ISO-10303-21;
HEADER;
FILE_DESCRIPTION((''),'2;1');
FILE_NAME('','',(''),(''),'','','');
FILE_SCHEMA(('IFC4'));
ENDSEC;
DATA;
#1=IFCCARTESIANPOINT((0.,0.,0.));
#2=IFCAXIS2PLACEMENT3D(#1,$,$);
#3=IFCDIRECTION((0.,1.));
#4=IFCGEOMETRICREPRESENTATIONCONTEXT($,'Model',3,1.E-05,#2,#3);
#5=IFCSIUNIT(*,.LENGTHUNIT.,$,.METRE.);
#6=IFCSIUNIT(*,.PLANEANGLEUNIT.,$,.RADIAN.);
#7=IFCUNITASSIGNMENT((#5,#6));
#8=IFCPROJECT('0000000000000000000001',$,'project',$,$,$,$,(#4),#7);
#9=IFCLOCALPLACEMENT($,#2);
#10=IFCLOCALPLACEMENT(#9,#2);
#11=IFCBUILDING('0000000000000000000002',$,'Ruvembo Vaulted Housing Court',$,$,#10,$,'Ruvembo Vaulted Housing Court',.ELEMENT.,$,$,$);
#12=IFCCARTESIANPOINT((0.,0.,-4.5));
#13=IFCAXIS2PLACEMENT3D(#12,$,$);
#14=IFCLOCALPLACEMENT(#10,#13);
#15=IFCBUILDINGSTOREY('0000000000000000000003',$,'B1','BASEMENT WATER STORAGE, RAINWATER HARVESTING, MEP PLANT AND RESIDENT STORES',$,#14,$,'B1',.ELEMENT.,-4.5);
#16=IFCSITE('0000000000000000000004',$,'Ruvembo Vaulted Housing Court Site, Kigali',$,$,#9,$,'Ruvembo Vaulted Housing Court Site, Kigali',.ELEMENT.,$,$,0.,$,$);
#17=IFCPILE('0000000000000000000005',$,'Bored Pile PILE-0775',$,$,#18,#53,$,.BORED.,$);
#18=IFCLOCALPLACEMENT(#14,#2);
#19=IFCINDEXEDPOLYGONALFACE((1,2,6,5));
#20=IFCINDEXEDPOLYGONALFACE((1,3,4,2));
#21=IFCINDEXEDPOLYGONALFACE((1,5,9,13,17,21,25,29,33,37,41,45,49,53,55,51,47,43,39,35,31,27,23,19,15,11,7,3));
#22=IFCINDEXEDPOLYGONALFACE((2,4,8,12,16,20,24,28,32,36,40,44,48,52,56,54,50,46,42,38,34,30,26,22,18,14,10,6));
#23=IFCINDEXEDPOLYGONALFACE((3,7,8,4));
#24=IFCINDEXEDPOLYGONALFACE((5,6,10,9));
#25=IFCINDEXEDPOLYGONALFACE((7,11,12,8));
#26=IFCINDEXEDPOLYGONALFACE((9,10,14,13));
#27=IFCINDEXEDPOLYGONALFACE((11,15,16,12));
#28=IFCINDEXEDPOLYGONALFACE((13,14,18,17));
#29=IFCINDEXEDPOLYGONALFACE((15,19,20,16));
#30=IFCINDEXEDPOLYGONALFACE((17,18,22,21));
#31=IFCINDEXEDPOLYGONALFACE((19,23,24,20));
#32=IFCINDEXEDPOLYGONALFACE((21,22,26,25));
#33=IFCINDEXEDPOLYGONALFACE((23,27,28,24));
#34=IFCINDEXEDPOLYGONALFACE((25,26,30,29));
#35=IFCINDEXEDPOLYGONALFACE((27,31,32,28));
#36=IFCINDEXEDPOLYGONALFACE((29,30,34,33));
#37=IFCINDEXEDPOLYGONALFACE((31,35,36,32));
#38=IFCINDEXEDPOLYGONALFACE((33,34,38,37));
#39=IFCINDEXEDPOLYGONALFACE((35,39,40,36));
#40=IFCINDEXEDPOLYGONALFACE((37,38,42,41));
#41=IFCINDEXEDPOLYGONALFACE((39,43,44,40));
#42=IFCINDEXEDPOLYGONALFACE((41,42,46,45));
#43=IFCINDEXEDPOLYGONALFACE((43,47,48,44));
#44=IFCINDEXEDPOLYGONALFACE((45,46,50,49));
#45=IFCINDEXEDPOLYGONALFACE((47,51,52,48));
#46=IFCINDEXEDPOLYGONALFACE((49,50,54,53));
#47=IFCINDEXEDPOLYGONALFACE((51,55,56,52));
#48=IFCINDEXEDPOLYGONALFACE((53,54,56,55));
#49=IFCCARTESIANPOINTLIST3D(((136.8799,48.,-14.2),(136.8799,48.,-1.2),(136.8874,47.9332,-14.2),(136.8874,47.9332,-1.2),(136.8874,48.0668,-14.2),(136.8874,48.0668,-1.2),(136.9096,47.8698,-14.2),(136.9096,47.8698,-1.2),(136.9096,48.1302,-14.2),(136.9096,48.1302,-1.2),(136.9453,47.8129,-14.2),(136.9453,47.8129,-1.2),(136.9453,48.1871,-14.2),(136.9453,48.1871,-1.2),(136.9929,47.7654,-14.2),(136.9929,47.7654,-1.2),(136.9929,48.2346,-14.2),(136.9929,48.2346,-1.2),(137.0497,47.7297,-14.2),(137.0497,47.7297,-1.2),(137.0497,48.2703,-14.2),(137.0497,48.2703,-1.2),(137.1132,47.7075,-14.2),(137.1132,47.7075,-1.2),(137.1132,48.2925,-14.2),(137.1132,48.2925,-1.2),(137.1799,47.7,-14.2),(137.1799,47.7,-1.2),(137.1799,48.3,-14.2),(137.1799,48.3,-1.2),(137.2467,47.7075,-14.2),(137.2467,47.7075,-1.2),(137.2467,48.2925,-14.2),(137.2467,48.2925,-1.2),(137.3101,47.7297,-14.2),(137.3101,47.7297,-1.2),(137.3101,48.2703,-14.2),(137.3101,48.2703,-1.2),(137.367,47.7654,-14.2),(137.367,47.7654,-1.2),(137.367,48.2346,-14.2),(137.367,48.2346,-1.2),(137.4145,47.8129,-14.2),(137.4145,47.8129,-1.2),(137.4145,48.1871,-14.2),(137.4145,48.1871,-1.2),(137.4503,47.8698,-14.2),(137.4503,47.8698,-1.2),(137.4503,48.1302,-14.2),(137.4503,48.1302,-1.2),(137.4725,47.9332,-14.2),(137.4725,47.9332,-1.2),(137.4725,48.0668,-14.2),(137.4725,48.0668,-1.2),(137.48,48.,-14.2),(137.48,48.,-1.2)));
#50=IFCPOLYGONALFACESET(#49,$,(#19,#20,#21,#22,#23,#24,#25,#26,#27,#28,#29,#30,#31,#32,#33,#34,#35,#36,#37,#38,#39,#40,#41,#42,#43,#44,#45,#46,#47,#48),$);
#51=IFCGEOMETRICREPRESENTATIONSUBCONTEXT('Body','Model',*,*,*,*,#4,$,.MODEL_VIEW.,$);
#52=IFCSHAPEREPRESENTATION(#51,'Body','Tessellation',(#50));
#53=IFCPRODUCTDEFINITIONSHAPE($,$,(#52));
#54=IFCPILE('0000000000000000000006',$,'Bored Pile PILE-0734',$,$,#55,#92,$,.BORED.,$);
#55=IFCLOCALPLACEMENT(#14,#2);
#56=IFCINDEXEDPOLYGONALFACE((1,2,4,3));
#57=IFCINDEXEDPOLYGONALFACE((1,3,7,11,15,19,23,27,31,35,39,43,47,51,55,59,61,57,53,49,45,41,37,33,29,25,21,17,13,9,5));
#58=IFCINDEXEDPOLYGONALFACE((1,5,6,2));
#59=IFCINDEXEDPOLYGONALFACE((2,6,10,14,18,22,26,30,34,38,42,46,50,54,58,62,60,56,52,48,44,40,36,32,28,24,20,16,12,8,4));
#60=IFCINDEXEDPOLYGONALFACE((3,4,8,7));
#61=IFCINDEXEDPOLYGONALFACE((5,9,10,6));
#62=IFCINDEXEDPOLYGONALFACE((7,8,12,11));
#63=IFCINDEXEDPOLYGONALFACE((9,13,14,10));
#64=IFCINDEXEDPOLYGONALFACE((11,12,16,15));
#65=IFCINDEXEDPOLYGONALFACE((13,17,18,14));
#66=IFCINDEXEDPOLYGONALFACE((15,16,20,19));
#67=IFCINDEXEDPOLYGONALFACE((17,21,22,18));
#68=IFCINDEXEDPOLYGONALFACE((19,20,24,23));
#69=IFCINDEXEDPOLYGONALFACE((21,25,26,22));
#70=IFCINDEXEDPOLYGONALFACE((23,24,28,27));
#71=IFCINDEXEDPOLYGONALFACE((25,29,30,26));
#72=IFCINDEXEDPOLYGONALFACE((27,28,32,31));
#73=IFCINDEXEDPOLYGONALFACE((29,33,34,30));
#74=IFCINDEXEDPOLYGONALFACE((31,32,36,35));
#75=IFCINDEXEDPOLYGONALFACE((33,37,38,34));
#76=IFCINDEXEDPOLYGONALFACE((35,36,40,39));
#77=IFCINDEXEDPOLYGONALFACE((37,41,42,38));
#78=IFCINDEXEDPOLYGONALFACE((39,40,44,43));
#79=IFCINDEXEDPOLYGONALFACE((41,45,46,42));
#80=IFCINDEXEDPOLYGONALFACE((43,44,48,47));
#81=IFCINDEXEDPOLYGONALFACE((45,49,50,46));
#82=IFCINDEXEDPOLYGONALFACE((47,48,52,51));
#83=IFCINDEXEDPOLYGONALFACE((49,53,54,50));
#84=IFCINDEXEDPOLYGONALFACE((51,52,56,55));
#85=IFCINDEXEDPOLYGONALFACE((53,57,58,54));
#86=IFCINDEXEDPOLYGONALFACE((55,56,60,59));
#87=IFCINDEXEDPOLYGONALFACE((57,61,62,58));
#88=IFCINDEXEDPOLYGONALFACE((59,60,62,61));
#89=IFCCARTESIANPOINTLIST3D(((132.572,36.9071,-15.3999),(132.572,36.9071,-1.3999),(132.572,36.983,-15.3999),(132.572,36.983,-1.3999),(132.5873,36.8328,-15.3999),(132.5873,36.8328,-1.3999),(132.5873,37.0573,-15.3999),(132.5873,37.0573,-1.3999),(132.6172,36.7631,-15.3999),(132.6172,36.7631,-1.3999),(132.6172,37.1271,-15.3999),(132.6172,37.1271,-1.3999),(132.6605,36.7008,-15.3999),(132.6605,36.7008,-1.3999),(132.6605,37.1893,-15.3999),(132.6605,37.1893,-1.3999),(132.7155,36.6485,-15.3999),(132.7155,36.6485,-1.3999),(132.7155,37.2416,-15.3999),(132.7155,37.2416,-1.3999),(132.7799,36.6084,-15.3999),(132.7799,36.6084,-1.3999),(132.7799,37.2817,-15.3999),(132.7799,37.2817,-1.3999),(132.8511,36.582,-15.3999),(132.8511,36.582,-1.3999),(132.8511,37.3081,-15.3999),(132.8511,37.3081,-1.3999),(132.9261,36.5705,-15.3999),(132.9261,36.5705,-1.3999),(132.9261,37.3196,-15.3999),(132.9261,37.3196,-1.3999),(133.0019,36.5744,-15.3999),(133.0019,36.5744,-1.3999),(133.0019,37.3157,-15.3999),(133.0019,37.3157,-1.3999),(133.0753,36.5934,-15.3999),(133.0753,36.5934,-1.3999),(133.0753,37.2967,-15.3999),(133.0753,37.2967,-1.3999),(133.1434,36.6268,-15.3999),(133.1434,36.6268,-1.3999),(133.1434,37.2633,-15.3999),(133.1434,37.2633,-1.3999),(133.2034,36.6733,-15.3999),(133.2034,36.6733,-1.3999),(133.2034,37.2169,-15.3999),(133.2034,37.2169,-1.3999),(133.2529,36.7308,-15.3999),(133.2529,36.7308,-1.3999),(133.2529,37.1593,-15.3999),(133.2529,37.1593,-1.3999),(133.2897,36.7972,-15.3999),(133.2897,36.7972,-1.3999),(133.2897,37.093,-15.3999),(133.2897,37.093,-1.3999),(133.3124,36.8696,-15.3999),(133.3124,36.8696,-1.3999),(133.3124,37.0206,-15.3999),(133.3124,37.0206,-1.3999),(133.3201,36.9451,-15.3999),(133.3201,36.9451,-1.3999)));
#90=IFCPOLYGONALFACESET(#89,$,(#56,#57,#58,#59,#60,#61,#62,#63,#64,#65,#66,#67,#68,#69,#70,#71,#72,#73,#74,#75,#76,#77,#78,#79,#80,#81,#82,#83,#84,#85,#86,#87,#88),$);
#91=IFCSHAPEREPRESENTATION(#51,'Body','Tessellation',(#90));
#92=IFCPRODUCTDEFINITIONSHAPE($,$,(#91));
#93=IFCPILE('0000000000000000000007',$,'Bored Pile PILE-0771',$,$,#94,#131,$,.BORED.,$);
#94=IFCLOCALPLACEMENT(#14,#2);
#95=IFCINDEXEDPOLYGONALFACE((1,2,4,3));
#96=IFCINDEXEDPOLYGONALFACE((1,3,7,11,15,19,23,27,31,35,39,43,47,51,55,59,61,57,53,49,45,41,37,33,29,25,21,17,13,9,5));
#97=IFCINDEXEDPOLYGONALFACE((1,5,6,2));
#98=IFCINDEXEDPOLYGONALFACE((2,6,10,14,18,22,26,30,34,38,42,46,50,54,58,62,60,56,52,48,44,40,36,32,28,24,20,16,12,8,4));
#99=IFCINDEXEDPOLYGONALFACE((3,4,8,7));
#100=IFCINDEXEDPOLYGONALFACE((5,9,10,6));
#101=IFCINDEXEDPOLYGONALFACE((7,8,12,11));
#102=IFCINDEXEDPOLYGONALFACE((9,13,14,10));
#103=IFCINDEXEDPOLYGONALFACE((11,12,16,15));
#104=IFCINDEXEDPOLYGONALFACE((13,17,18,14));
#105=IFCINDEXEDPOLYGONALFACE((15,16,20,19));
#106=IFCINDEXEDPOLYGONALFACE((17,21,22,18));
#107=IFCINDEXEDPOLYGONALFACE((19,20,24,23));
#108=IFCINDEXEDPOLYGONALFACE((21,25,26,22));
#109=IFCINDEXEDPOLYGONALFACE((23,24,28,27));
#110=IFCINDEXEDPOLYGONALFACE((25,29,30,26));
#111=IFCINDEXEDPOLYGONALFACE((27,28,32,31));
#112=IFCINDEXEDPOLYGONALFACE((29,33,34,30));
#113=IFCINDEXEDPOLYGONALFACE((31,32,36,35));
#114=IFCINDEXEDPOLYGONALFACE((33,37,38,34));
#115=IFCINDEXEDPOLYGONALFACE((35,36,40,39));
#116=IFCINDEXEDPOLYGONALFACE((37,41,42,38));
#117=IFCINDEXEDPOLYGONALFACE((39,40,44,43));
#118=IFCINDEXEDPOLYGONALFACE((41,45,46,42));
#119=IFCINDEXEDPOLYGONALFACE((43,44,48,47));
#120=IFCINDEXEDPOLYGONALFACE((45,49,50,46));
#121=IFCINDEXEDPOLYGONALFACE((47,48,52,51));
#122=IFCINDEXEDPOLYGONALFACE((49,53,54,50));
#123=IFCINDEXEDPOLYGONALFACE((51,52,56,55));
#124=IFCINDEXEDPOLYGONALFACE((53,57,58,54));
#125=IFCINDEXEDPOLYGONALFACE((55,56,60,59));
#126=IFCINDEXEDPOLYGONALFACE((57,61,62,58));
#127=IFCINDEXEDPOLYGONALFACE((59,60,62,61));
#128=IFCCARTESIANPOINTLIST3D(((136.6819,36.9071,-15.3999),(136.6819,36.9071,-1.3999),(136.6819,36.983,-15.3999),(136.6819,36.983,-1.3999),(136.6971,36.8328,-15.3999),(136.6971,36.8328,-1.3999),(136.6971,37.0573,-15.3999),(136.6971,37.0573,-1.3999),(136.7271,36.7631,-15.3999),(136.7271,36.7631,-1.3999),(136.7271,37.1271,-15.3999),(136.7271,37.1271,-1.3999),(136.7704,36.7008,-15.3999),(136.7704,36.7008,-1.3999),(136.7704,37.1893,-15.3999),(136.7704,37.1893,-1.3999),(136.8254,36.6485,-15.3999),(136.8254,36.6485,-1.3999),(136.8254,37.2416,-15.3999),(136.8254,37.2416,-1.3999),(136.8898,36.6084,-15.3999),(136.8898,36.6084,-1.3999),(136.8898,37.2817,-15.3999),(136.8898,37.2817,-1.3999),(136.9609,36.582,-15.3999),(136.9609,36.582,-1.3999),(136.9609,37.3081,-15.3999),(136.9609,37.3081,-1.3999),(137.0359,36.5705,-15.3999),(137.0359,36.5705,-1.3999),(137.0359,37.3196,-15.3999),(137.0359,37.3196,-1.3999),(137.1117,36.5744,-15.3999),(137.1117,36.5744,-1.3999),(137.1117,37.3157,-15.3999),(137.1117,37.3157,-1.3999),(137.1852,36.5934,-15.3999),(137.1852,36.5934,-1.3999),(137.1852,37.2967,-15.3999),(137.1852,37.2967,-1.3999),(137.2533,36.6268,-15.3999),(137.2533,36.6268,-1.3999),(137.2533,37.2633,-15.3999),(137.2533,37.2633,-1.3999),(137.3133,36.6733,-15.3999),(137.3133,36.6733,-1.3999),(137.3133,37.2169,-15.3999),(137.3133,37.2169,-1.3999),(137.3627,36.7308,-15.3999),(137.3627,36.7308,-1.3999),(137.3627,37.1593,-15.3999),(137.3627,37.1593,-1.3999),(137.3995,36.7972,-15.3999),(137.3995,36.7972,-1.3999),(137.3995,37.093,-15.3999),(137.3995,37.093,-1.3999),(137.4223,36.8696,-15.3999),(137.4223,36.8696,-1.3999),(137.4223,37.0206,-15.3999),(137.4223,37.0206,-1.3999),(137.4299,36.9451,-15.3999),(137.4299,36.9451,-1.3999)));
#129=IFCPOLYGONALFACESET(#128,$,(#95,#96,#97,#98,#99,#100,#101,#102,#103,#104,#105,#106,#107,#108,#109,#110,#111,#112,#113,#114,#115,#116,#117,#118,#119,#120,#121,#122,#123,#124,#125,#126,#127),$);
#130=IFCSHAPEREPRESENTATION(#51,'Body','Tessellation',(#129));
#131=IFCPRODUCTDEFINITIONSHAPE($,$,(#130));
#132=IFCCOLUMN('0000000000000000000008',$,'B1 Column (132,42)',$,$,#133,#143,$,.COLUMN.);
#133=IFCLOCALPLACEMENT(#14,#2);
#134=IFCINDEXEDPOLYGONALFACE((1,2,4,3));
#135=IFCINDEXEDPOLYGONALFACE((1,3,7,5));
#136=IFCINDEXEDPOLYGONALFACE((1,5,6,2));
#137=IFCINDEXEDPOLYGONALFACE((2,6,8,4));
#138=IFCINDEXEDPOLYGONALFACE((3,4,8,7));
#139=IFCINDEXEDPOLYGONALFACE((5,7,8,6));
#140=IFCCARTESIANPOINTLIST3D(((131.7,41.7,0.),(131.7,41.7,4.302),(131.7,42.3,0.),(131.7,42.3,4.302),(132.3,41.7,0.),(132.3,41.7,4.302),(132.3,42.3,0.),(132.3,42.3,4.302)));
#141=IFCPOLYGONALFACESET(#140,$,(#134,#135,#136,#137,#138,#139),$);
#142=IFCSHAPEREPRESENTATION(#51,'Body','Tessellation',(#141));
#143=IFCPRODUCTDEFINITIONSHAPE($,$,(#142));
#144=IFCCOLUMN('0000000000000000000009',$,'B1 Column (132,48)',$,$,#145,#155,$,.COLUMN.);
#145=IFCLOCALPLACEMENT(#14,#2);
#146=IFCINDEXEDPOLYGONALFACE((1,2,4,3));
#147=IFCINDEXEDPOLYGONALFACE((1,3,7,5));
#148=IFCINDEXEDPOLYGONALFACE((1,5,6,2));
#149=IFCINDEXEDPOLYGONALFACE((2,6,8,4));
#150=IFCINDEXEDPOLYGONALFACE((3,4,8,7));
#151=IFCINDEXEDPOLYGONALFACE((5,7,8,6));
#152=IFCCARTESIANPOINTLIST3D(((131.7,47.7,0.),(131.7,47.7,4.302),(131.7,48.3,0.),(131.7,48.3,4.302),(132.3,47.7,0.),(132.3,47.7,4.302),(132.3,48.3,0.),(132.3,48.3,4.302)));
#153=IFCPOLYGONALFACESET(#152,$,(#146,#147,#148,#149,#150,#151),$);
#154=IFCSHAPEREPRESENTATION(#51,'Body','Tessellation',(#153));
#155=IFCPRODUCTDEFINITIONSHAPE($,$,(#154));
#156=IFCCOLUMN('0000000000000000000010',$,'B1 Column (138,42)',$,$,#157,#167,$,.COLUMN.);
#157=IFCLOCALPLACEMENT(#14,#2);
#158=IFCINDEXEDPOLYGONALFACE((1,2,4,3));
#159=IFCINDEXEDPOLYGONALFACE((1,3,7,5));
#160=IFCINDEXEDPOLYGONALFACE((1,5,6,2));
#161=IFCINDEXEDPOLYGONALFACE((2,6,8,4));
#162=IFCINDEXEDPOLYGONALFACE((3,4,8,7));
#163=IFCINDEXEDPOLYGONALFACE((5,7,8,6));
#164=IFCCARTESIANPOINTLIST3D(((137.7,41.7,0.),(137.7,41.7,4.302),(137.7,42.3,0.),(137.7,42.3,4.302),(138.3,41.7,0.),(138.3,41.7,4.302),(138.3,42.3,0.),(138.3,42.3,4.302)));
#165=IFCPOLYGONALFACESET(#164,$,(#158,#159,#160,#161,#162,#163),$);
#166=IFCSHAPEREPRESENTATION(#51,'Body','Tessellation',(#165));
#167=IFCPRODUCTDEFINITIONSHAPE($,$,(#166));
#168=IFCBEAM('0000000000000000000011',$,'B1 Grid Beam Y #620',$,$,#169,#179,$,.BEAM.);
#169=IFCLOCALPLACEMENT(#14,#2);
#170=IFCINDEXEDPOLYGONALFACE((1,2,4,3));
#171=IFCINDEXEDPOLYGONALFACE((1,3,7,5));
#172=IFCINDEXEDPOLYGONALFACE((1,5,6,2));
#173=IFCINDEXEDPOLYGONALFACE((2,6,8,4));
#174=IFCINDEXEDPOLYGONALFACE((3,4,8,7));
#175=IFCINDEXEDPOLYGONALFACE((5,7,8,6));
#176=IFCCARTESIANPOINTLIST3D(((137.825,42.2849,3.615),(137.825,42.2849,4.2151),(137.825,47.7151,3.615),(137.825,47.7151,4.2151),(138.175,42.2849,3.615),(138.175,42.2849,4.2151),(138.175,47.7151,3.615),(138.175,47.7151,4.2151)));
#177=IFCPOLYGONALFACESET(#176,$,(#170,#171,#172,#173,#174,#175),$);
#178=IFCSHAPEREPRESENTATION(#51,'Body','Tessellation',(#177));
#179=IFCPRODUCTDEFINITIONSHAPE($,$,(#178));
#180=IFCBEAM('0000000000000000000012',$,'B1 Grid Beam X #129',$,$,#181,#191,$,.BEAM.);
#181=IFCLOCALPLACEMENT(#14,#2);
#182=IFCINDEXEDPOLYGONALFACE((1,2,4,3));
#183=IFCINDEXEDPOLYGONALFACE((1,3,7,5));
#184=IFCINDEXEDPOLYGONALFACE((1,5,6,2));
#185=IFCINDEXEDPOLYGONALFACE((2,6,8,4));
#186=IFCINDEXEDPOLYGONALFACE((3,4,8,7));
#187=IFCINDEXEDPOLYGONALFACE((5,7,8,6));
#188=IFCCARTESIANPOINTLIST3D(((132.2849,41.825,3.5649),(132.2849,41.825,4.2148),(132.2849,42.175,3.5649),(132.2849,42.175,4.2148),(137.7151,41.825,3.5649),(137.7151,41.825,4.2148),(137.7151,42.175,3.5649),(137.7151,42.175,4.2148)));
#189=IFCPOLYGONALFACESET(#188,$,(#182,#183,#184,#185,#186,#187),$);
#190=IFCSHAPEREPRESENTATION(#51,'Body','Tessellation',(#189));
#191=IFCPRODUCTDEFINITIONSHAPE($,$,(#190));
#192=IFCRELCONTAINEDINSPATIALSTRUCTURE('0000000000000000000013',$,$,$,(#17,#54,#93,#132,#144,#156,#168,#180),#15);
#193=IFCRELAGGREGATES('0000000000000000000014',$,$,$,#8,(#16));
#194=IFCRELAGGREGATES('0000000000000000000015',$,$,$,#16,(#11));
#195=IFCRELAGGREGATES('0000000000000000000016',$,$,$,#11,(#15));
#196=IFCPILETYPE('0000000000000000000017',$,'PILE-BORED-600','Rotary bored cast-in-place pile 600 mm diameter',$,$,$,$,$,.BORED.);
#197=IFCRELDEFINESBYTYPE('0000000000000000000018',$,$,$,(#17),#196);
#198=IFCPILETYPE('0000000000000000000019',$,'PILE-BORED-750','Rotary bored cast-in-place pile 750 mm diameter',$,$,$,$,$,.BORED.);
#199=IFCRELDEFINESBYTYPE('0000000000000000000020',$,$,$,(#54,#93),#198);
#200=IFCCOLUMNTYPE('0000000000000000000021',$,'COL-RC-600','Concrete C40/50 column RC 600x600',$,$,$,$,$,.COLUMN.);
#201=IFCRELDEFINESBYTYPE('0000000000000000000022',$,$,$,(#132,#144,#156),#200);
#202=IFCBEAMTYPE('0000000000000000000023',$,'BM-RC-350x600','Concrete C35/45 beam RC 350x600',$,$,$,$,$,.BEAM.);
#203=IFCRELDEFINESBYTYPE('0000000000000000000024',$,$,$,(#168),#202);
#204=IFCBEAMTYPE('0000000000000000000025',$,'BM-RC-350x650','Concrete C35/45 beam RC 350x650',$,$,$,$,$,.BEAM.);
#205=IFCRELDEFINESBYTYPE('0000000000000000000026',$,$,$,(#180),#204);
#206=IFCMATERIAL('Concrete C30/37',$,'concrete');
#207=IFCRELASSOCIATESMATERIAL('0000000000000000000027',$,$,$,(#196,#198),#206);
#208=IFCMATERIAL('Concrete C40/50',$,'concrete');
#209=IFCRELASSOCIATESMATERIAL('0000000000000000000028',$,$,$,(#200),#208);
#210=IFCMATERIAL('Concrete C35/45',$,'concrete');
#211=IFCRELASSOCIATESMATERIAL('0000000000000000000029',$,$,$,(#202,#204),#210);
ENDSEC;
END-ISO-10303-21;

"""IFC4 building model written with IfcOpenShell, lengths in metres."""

from ifc_helpers import new_model, si_unit, direction, frame, origin, origin_2d, place, context, subcontext, project, spatial, rectangle, circle, extrude, material, material_profile, profile_set, type_object, element, save


model = new_model("IFC4")

# Units and contexts
model_context = context("Model", 3, precision=1e-05, world=origin(), true_north=direction((0.0, 1.0)))
body_context = subcontext(model_context, "Body", "Model", "MODEL_VIEW")
ifc_project = project(units=[si_unit("LENGTHUNIT", "METRE"), si_unit("PLANEANGLEUNIT", "RADIAN")], contexts=[model_context])

# Site, building, storey
site_placement = place(None, origin())
site = spatial("IfcSite", under=ifc_project, at=site_placement, Name="Ruvembo Vaulted Housing Court Site, Kigali", LongName="Ruvembo Vaulted Housing Court Site, Kigali", CompositionType="ELEMENT", RefElevation=0.0)
building_placement = place(site_placement, origin())
building = spatial("IfcBuilding", under=site, at=building_placement, Name="Ruvembo Vaulted Housing Court", LongName="Ruvembo Vaulted Housing Court", CompositionType="ELEMENT")
storey_placement = place(building_placement, frame((0.0, 0.0, -4.5)))
storey = spatial("IfcBuildingStorey", under=building, at=storey_placement, Name="B1", Description="BASEMENT WATER STORAGE, RAINWATER HARVESTING, MEP PLANT AND RESIDENT STORES", LongName="B1", CompositionType="ELEMENT", Elevation=-4.5)

# Shared definitions
ifc_material_1 = material(Name="Concrete C35/45", Category="concrete")

# Piles
ifc_material_2 = material(Name="Concrete C30/37", Category="concrete")
ifc_material_profile_1 = material_profile(ifc_material_2, circle(Radius=0.3, at=origin_2d()), Name="PILE D600")
ifc_profile_set_1 = profile_set([ifc_material_profile_1], Name="Concrete C30/37")
pile_type_1 = type_object("IfcPileType", Name="PILE-BORED-600", Description="Rotary bored cast-in-place pile 600 mm diameter", PredefinedType="BORED", material=ifc_profile_set_1)
for number, where, z_axis, x_axis, name in (
    (1, (137.1799, 48.0, -1.2), (0.0, 0.0, -1.0), (1.0, 0.0, 0.0), "Bored Pile PILE-0775"),
):
    element("IfcPile", number, at=place(storey_placement, frame(where, z_axis=z_axis, x_axis=x_axis)), inside=storey, type_object=pile_type_1, Name=name, PredefinedType="BORED", context=body_context, shape_type="SweptSolid", body=[
        extrude(circle(Radius=0.3, at=origin_2d()), origin(), (0.0, 0.0, 1.0), 13.0),
    ])
ifc_material_profile_2 = material_profile(ifc_material_2, circle(Radius=0.375, at=origin_2d()), Name="PILE D750")
ifc_profile_set_2 = profile_set([ifc_material_profile_2], Name="Concrete C30/37")
pile_type_2 = type_object("IfcPileType", Name="PILE-BORED-750", Description="Rotary bored cast-in-place pile 750 mm diameter", PredefinedType="BORED", material=ifc_profile_set_2)
for number, where, z_axis, x_axis, name in (
    (2, (132.9451, 36.9451, -1.3999), (0.0, 0.0, -1.0), (1.0, 0.0, 0.0), "Bored Pile PILE-0734"),
    (3, (137.0549, 36.9451, -1.3999), (0.0, 0.0, -1.0), (1.0, 0.0, 0.0), "Bored Pile PILE-0771"),
):
    element("IfcPile", number, at=place(storey_placement, frame(where, z_axis=z_axis, x_axis=x_axis)), inside=storey, type_object=pile_type_2, Name=name, PredefinedType="BORED", context=body_context, shape_type="SweptSolid", body=[
        extrude(circle(Radius=0.375, at=origin_2d()), origin(), (0.0, 0.0, 1.0), 14.0),
    ])

# Columns
ifc_material_3 = material(Name="Concrete C40/50", Category="concrete")
ifc_material_profile_3 = material_profile(ifc_material_3, rectangle(XDim=0.6001, YDim=0.6001, at=origin_2d()), Name="RC 600x600")
ifc_profile_set_3 = profile_set([ifc_material_profile_3], Name="Concrete C40/50")
column_type = type_object("IfcColumnType", Name="COL-RC-600", Description="Concrete C40/50 column RC 600x600", PredefinedType="COLUMN", material=ifc_profile_set_3)
for number, where, z_axis, x_axis, name in (
    (4, (132.0, 42.0, 0.0), (0.0, 0.0, 1.0), (1.0, 0.0, 0.0), "B1 Column (132,42)"),
    (5, (132.0, 48.0, 0.0), (0.0, 0.0, 1.0), (1.0, 0.0, 0.0), "B1 Column (132,48)"),
    (6, (138.0, 42.0, 0.0), (0.0, 0.0, 1.0), (1.0, 0.0, 0.0), "B1 Column (138,42)"),
):
    element("IfcColumn", number, at=place(storey_placement, frame(where, z_axis=z_axis, x_axis=x_axis)), inside=storey, type_object=column_type, Name=name, PredefinedType="COLUMN", context=body_context, shape_type="SweptSolid", body=[
        extrude(rectangle(XDim=0.6001, YDim=0.6001, at=origin_2d()), origin(), (0.0, 0.0, 1.0), 4.302),
    ])

# Beams
ifc_material_profile_4 = material_profile(ifc_material_1, rectangle(XDim=0.3501, YDim=0.6001, at=origin_2d()), Name="RC 350x600")
ifc_profile_set_4 = profile_set([ifc_material_profile_4], Name="Concrete C35/45")
beam_type_1 = type_object("IfcBeamType", Name="BM-RC-350x600", Description="Concrete C35/45 beam RC 350x600", PredefinedType="BEAM", material=ifc_profile_set_4)
beam_1_placement = place(storey_placement, frame((138.0, 42.2849, 3.915), z_axis=(0.0, 1.0, 0.0), x_axis=(-1.0, 0.0, 0.0)))
element("IfcBeam", 7, at=beam_1_placement, inside=storey, type_object=beam_type_1, Name="B1 Grid Beam Y #620", PredefinedType="BEAM", context=body_context, shape_type="SweptSolid", body=[
    extrude(rectangle(XDim=0.3501, YDim=0.6001, at=origin_2d()), origin(), (0.0, 0.0, 1.0), 5.4302),
])
ifc_material_profile_5 = material_profile(ifc_material_1, rectangle(XDim=0.3501, YDim=0.6499, at=origin_2d()), Name="RC 350x650")
ifc_profile_set_5 = profile_set([ifc_material_profile_5], Name="Concrete C35/45")
beam_type_2 = type_object("IfcBeamType", Name="BM-RC-350x650", Description="Concrete C35/45 beam RC 350x650", PredefinedType="BEAM", material=ifc_profile_set_5)
beam_2_placement = place(storey_placement, frame((132.2849, 42.0, 3.8899), z_axis=(1.0, 0.0, 0.0), x_axis=(0.0, 1.0, 0.0)))
element("IfcBeam", 8, at=beam_2_placement, inside=storey, type_object=beam_type_2, Name="B1 Grid Beam X #129", PredefinedType="BEAM", context=body_context, shape_type="SweptSolid", body=[
    extrude(rectangle(XDim=0.3501, YDim=0.6499, at=origin_2d()), origin(), (0.0, 0.0, 1.0), 5.4302),
])

save(model, "model.ifc")
